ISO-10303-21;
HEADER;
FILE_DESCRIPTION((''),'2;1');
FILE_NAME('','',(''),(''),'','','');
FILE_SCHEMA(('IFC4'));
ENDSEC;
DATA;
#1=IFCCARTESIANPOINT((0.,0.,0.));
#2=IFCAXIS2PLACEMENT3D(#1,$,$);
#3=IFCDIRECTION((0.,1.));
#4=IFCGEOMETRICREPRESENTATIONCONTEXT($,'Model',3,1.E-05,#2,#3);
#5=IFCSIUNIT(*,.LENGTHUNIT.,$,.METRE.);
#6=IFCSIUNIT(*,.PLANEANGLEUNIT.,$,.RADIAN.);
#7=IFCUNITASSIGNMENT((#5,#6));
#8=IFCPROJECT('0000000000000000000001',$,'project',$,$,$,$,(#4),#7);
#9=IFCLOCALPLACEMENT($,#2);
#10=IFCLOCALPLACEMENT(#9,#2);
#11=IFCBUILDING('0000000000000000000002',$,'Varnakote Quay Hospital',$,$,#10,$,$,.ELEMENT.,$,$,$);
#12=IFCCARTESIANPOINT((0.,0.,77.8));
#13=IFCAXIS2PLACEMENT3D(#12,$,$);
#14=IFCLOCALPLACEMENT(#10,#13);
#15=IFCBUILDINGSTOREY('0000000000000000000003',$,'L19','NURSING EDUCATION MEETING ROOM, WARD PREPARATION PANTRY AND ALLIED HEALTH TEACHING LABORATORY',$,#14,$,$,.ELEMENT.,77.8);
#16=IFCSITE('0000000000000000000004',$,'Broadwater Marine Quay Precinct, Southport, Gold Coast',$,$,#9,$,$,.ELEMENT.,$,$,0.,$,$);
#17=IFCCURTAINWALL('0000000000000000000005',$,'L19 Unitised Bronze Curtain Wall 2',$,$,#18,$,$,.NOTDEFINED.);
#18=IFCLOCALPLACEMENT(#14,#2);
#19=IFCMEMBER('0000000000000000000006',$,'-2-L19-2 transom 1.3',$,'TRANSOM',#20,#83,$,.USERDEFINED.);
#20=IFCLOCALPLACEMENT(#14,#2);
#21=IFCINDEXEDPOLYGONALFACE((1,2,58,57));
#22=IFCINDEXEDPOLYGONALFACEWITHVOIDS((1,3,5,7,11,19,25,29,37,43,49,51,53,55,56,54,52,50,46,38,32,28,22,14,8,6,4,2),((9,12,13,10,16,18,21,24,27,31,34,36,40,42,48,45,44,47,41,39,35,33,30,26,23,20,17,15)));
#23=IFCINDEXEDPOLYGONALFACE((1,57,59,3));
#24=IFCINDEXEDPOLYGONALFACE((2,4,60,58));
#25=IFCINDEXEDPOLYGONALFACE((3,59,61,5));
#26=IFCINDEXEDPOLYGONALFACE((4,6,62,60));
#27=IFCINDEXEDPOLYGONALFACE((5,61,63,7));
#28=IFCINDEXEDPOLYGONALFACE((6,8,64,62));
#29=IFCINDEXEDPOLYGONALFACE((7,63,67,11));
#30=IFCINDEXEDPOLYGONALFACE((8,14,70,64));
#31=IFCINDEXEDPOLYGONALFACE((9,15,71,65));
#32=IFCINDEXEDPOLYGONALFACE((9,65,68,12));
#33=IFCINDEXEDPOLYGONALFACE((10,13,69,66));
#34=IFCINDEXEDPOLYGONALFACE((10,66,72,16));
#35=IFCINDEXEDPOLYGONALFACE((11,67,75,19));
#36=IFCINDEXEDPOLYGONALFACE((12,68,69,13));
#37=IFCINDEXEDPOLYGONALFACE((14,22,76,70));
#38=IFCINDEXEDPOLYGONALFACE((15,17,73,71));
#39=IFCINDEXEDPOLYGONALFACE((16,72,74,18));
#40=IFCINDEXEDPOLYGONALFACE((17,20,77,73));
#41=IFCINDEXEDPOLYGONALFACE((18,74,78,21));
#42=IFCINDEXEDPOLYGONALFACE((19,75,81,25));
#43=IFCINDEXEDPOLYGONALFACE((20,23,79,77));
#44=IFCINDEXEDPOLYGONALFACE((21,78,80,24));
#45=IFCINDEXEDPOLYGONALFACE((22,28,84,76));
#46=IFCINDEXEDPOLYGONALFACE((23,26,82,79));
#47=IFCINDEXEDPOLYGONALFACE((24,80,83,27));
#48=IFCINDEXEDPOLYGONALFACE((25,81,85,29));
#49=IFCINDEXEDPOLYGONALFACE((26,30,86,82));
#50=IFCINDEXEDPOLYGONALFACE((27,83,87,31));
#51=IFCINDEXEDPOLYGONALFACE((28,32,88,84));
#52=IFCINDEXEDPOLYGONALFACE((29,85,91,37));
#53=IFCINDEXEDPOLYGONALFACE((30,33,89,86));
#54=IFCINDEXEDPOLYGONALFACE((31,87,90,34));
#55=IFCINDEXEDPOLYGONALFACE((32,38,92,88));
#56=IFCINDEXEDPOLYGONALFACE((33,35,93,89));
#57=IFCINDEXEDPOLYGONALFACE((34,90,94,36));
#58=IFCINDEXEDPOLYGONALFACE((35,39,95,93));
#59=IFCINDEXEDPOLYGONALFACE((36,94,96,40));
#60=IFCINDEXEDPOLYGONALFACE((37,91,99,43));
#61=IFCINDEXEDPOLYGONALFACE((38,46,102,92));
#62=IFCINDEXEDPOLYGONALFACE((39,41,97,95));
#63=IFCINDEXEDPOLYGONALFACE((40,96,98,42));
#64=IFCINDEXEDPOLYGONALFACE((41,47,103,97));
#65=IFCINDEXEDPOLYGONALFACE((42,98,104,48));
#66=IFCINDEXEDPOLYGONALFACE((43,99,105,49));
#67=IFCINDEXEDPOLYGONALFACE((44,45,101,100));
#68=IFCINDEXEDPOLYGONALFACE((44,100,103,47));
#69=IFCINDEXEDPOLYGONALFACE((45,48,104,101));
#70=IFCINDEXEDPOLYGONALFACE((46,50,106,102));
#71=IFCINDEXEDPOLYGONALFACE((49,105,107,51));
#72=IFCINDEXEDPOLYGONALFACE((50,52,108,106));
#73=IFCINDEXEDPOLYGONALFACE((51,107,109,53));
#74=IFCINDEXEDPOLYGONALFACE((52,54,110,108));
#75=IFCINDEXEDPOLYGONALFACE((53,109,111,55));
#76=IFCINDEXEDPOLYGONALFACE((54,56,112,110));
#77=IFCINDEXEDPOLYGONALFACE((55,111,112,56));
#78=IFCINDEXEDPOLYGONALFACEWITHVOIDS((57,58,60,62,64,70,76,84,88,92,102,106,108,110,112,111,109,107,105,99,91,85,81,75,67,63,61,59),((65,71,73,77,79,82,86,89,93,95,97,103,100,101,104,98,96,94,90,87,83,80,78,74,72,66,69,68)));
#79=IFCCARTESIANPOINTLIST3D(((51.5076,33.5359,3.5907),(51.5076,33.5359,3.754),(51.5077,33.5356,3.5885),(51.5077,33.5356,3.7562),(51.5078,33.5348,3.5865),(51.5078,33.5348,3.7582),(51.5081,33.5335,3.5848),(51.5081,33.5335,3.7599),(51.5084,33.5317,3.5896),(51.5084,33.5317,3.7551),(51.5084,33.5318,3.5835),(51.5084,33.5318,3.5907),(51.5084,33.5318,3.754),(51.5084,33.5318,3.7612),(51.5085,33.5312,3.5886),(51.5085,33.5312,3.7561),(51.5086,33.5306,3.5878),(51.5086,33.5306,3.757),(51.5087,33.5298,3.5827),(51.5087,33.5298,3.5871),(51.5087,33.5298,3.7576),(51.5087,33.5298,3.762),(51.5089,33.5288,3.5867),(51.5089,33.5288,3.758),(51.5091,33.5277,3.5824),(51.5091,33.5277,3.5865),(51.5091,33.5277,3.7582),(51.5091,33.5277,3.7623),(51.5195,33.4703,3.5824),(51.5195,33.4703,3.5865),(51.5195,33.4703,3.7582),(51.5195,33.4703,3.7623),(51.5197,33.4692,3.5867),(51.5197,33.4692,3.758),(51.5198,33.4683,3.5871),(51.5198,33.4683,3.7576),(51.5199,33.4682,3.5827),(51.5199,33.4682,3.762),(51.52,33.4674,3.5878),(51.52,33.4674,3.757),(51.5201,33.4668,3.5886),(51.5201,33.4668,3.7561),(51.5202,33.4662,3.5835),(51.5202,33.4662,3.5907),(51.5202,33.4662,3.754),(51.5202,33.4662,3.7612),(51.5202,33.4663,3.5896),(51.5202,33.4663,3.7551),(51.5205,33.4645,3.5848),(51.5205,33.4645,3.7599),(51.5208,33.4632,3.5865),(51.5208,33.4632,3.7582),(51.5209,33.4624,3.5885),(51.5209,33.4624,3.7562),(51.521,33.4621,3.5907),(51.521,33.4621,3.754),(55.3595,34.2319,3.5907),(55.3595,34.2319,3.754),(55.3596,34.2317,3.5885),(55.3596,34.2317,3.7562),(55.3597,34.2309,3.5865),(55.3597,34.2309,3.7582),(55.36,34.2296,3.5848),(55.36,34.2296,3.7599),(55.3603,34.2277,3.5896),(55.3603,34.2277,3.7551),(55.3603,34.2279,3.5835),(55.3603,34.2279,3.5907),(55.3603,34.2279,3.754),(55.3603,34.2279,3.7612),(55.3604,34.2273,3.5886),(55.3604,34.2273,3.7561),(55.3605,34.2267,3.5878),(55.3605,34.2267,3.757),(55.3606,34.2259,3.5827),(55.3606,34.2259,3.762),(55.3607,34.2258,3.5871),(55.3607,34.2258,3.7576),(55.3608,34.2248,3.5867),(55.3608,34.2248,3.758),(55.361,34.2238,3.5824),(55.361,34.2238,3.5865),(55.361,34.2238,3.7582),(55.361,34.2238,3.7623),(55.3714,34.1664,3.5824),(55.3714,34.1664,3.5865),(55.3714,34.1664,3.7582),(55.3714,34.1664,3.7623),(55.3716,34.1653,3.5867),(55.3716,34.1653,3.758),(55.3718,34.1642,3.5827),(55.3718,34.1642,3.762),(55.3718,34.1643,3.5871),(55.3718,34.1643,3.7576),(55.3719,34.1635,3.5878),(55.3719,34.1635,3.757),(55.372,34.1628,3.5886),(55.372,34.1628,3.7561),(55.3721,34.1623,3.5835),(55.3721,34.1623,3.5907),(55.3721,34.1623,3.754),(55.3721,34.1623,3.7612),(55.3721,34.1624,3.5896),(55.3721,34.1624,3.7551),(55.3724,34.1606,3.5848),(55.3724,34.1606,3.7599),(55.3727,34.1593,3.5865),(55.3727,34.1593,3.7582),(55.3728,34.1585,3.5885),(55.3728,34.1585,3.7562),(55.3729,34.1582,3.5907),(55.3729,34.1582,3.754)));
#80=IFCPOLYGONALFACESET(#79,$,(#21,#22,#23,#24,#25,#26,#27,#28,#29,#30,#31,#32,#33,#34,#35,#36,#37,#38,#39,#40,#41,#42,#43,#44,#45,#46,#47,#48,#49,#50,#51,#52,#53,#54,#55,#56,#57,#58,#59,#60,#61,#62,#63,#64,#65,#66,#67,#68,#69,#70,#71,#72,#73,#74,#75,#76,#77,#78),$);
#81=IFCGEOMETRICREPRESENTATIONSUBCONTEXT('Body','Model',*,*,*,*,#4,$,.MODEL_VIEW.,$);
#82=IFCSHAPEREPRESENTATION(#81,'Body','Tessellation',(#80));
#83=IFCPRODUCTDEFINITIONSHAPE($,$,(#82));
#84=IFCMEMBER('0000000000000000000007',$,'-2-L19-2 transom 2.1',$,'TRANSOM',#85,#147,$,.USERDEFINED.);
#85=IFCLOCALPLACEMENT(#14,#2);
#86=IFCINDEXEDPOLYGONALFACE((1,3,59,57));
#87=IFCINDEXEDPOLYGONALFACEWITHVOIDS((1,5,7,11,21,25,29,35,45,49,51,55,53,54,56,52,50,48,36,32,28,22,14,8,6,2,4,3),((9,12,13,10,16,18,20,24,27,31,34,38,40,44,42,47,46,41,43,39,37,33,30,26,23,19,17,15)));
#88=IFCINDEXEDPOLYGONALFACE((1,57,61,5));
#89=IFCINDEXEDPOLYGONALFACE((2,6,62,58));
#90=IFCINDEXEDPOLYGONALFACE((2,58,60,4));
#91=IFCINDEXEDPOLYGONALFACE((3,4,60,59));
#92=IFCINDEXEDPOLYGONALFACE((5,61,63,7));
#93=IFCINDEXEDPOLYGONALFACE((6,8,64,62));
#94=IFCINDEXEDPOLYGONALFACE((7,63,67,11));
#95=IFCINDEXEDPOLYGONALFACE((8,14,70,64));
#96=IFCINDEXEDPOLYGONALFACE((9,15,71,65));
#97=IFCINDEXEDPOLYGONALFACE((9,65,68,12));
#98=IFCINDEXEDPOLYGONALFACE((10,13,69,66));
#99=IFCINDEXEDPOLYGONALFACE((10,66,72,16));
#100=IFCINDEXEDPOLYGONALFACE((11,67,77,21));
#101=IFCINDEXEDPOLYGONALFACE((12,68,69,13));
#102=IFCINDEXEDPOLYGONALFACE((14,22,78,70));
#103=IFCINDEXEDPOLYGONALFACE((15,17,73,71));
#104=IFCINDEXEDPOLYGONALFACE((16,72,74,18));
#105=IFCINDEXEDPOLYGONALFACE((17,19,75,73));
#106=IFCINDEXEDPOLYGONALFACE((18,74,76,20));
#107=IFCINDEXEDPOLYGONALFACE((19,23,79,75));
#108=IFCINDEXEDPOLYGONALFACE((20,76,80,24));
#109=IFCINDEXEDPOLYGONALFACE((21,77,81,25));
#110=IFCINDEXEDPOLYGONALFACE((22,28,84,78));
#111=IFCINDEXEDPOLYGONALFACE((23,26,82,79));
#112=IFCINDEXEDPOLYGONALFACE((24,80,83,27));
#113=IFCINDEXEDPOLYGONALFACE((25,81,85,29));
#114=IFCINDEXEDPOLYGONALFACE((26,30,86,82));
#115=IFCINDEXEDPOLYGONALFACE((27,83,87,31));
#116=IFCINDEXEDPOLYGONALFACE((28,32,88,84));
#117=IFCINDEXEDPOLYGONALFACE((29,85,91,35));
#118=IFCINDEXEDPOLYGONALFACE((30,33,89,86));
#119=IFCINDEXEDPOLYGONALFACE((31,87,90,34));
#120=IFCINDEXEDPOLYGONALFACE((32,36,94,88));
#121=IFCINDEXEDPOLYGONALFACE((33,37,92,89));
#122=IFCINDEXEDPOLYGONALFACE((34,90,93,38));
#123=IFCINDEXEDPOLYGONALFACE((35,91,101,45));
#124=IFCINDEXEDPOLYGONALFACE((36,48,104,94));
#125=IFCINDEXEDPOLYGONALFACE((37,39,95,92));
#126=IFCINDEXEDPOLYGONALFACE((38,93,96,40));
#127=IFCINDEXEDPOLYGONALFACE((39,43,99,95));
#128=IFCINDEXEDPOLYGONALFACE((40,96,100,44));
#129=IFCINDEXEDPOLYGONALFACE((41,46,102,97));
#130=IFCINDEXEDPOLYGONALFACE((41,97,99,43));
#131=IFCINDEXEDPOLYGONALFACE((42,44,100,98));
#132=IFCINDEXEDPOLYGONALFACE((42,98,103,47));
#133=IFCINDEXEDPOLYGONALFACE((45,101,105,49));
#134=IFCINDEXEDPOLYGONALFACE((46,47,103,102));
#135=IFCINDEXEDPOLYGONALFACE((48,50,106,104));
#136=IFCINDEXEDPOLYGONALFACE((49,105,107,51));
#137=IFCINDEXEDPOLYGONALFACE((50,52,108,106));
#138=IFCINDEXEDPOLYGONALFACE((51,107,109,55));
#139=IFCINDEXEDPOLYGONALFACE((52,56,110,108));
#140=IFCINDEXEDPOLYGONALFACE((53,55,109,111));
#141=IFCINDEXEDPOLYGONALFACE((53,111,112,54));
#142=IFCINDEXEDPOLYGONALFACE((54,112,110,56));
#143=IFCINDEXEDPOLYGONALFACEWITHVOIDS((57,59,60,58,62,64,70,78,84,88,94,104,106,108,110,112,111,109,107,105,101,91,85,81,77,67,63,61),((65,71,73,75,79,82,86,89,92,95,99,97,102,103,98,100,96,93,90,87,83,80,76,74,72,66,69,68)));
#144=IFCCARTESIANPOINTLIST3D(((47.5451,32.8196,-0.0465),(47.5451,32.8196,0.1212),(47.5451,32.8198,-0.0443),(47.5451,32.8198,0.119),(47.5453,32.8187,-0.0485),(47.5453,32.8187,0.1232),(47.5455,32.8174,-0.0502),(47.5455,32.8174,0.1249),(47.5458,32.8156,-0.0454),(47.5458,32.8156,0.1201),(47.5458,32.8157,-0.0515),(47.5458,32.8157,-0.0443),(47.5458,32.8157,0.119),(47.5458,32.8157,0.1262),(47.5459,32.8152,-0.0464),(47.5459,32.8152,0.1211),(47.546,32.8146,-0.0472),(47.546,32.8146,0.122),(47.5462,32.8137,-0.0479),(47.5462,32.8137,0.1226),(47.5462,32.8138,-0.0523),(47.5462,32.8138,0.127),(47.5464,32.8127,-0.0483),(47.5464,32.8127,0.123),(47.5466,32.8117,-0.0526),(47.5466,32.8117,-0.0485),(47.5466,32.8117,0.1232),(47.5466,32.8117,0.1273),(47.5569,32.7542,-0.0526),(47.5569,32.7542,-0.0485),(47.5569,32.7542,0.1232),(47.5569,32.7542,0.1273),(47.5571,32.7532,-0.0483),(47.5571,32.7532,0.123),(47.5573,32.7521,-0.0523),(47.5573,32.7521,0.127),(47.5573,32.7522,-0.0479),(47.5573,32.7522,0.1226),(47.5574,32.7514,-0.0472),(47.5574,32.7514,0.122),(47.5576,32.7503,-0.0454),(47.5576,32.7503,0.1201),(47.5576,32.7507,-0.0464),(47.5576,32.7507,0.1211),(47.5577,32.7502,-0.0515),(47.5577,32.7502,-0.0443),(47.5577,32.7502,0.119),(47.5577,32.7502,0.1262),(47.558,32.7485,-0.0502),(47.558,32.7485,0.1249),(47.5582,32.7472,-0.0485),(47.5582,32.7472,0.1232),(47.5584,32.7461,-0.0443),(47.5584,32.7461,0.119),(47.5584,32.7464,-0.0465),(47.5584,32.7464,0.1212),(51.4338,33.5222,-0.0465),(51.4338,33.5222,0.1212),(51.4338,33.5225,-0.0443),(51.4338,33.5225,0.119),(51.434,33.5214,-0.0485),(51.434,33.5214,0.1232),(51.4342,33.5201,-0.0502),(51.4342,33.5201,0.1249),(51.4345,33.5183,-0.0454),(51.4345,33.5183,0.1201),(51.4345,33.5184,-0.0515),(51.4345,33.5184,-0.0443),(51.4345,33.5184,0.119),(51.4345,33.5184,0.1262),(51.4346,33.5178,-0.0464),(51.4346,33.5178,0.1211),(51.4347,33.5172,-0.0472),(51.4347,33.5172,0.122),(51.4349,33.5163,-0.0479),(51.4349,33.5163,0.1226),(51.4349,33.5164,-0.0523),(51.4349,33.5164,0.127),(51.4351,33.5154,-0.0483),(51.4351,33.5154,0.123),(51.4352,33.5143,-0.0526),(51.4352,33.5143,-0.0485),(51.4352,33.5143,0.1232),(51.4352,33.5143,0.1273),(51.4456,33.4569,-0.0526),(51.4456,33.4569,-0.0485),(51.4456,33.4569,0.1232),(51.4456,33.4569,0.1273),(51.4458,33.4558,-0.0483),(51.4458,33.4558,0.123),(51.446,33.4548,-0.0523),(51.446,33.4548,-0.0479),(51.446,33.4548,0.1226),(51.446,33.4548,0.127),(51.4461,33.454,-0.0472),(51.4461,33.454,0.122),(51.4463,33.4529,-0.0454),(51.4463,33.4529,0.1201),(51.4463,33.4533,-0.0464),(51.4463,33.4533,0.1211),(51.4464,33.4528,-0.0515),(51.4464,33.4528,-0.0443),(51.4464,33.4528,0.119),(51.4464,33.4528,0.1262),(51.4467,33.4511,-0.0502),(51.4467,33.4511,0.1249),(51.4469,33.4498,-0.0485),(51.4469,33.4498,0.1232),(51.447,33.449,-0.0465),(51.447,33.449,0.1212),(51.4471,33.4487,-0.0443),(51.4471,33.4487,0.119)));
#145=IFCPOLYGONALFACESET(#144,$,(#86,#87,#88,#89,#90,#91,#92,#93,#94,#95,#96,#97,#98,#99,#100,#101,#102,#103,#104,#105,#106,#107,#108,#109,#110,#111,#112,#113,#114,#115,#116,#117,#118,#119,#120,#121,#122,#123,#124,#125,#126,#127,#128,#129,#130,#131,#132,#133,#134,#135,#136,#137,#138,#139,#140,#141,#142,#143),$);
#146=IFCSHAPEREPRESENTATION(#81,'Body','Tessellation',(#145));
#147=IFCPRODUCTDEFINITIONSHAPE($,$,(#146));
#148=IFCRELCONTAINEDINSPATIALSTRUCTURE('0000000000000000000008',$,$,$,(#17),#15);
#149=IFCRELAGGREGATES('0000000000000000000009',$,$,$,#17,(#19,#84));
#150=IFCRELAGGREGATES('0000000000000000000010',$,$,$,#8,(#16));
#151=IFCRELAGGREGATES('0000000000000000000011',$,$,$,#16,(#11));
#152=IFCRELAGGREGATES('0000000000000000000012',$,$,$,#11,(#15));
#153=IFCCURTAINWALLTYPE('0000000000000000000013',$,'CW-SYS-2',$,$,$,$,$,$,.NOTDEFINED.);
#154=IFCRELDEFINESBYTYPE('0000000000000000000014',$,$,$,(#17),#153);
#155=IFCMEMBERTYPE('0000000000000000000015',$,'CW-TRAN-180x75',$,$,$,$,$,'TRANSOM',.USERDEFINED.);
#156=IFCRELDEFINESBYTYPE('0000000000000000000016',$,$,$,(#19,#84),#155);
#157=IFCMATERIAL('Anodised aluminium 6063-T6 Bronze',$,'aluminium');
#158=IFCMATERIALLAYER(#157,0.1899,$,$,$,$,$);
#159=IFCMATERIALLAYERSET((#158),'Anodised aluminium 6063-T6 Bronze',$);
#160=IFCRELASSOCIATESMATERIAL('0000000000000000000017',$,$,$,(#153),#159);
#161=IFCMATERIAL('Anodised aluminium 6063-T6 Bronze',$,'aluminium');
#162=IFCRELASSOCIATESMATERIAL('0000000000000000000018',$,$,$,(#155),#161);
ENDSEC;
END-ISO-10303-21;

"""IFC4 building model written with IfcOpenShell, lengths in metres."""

from ifc_helpers import new_model, si_unit, direction, frame, origin, origin_2d, place, context, subcontext, project, spatial, hollow_rectangle, extrude, material, layer, layer_set, material_profile, profile_set, type_object, element, aggregate, save


model = new_model("IFC4")

# Units and contexts
model_context = context("Model", 3, precision=1e-05, world=origin(), true_north=direction((0.0, 1.0)))
body_context = subcontext(model_context, "Body", "Model", "MODEL_VIEW")
ifc_project = project(units=[si_unit("LENGTHUNIT", "METRE"), si_unit("PLANEANGLEUNIT", "RADIAN")], contexts=[model_context])

# Site, building, storey
site_placement = place(None, origin())
site = spatial("IfcSite", under=ifc_project, at=site_placement, Name="Broadwater Marine Quay Precinct, Southport, Gold Coast", CompositionType="ELEMENT", RefElevation=0.0)
building_placement = place(site_placement, origin())
building = spatial("IfcBuilding", under=site, at=building_placement, Name="Varnakote Quay Hospital", CompositionType="ELEMENT")
storey_placement = place(building_placement, frame((0.0, 0.0, 77.8)))
storey = spatial("IfcBuildingStorey", under=building, at=storey_placement, Name="L19", Description="NURSING EDUCATION MEETING ROOM, WARD PREPARATION PANTRY AND ALLIED HEALTH TEACHING LABORATORY", CompositionType="ELEMENT", Elevation=77.8)

# Shared definitions
ifc_material_1 = material(Name="Anodised aluminium 6063-T6 Bronze", Category="aluminium")
ifc_layer_1 = layer(ifc_material_1, 0.1899)
ifc_layer_set_1 = layer_set([ifc_layer_1], Name="Anodised aluminium 6063-T6 Bronze")
curtain_wall_type = type_object("IfcCurtainWallType", Name="CW-SYS-2", PredefinedType="NOTDEFINED", material=ifc_layer_set_1)

# Curtain wall, members
curtain_wall_1_placement = place(storey_placement, origin())
curtain_wall_1 = element("IfcCurtainWall", 1, at=curtain_wall_1_placement, inside=storey, type_object=curtain_wall_type, Name="L19 Unitised Bronze Curtain Wall 2", PredefinedType="NOTDEFINED")
ifc_material_2 = material(Name="Anodised aluminium 6063-T6 Bronze", Category="aluminium")
ifc_material_profile_1 = material_profile(ifc_material_2, hollow_rectangle(XDim=0.075, YDim=0.1799, WallThickness=0.0042, InnerFilletRadius=0.0042, OuterFilletRadius=0.0083, at=origin_2d()), Name="CW-TRAN-180x75")
ifc_profile_set_1 = profile_set([ifc_material_profile_1], Name="Anodised aluminium 6063-T6 Bronze")
member_type_1 = type_object("IfcMemberType", Name="CW-TRAN-180x75", ElementType="TRANSOM", PredefinedType="USERDEFINED", material=ifc_profile_set_1)
member_1_placement = place(storey_placement, frame((55.3662, 34.1951, 3.6724), z_axis=(-0.984062, -0.177826, 0.0), x_axis=(0.177826, -0.984062, 0.0)))
member_1 = element("IfcMember", 2, at=member_1_placement, type_object=member_type_1, Name="-2-L19-2 transom 1.3", ObjectType="TRANSOM", PredefinedType="USERDEFINED", context=body_context, shape_type="SweptSolid", body=[
    extrude(hollow_rectangle(XDim=0.075, YDim=0.1799, WallThickness=0.0042, InnerFilletRadius=0.0042, OuterFilletRadius=0.0083, at=origin_2d()), origin(), (0.0, 0.0, 1.0), 3.9143),
])
member_2_placement = place(storey_placement, frame((51.4404, 33.4856, 0.0374), z_axis=(-0.984065, -0.177809, 0.0), x_axis=(0.177809, -0.984065, 0.0)))
member_2 = element("IfcMember", 3, at=member_2_placement, type_object=member_type_1, Name="-2-L19-2 transom 2.1", ObjectType="TRANSOM", PredefinedType="USERDEFINED", context=body_context, shape_type="SweptSolid", body=[
    extrude(hollow_rectangle(XDim=0.075, YDim=0.1799, WallThickness=0.0042, InnerFilletRadius=0.0042, OuterFilletRadius=0.0083, at=origin_2d()), origin(), (0.0, 0.0, 1.0), 3.9517),
])
aggregate(curtain_wall_1, [member_1, member_2])

save(model, "model.ifc")
